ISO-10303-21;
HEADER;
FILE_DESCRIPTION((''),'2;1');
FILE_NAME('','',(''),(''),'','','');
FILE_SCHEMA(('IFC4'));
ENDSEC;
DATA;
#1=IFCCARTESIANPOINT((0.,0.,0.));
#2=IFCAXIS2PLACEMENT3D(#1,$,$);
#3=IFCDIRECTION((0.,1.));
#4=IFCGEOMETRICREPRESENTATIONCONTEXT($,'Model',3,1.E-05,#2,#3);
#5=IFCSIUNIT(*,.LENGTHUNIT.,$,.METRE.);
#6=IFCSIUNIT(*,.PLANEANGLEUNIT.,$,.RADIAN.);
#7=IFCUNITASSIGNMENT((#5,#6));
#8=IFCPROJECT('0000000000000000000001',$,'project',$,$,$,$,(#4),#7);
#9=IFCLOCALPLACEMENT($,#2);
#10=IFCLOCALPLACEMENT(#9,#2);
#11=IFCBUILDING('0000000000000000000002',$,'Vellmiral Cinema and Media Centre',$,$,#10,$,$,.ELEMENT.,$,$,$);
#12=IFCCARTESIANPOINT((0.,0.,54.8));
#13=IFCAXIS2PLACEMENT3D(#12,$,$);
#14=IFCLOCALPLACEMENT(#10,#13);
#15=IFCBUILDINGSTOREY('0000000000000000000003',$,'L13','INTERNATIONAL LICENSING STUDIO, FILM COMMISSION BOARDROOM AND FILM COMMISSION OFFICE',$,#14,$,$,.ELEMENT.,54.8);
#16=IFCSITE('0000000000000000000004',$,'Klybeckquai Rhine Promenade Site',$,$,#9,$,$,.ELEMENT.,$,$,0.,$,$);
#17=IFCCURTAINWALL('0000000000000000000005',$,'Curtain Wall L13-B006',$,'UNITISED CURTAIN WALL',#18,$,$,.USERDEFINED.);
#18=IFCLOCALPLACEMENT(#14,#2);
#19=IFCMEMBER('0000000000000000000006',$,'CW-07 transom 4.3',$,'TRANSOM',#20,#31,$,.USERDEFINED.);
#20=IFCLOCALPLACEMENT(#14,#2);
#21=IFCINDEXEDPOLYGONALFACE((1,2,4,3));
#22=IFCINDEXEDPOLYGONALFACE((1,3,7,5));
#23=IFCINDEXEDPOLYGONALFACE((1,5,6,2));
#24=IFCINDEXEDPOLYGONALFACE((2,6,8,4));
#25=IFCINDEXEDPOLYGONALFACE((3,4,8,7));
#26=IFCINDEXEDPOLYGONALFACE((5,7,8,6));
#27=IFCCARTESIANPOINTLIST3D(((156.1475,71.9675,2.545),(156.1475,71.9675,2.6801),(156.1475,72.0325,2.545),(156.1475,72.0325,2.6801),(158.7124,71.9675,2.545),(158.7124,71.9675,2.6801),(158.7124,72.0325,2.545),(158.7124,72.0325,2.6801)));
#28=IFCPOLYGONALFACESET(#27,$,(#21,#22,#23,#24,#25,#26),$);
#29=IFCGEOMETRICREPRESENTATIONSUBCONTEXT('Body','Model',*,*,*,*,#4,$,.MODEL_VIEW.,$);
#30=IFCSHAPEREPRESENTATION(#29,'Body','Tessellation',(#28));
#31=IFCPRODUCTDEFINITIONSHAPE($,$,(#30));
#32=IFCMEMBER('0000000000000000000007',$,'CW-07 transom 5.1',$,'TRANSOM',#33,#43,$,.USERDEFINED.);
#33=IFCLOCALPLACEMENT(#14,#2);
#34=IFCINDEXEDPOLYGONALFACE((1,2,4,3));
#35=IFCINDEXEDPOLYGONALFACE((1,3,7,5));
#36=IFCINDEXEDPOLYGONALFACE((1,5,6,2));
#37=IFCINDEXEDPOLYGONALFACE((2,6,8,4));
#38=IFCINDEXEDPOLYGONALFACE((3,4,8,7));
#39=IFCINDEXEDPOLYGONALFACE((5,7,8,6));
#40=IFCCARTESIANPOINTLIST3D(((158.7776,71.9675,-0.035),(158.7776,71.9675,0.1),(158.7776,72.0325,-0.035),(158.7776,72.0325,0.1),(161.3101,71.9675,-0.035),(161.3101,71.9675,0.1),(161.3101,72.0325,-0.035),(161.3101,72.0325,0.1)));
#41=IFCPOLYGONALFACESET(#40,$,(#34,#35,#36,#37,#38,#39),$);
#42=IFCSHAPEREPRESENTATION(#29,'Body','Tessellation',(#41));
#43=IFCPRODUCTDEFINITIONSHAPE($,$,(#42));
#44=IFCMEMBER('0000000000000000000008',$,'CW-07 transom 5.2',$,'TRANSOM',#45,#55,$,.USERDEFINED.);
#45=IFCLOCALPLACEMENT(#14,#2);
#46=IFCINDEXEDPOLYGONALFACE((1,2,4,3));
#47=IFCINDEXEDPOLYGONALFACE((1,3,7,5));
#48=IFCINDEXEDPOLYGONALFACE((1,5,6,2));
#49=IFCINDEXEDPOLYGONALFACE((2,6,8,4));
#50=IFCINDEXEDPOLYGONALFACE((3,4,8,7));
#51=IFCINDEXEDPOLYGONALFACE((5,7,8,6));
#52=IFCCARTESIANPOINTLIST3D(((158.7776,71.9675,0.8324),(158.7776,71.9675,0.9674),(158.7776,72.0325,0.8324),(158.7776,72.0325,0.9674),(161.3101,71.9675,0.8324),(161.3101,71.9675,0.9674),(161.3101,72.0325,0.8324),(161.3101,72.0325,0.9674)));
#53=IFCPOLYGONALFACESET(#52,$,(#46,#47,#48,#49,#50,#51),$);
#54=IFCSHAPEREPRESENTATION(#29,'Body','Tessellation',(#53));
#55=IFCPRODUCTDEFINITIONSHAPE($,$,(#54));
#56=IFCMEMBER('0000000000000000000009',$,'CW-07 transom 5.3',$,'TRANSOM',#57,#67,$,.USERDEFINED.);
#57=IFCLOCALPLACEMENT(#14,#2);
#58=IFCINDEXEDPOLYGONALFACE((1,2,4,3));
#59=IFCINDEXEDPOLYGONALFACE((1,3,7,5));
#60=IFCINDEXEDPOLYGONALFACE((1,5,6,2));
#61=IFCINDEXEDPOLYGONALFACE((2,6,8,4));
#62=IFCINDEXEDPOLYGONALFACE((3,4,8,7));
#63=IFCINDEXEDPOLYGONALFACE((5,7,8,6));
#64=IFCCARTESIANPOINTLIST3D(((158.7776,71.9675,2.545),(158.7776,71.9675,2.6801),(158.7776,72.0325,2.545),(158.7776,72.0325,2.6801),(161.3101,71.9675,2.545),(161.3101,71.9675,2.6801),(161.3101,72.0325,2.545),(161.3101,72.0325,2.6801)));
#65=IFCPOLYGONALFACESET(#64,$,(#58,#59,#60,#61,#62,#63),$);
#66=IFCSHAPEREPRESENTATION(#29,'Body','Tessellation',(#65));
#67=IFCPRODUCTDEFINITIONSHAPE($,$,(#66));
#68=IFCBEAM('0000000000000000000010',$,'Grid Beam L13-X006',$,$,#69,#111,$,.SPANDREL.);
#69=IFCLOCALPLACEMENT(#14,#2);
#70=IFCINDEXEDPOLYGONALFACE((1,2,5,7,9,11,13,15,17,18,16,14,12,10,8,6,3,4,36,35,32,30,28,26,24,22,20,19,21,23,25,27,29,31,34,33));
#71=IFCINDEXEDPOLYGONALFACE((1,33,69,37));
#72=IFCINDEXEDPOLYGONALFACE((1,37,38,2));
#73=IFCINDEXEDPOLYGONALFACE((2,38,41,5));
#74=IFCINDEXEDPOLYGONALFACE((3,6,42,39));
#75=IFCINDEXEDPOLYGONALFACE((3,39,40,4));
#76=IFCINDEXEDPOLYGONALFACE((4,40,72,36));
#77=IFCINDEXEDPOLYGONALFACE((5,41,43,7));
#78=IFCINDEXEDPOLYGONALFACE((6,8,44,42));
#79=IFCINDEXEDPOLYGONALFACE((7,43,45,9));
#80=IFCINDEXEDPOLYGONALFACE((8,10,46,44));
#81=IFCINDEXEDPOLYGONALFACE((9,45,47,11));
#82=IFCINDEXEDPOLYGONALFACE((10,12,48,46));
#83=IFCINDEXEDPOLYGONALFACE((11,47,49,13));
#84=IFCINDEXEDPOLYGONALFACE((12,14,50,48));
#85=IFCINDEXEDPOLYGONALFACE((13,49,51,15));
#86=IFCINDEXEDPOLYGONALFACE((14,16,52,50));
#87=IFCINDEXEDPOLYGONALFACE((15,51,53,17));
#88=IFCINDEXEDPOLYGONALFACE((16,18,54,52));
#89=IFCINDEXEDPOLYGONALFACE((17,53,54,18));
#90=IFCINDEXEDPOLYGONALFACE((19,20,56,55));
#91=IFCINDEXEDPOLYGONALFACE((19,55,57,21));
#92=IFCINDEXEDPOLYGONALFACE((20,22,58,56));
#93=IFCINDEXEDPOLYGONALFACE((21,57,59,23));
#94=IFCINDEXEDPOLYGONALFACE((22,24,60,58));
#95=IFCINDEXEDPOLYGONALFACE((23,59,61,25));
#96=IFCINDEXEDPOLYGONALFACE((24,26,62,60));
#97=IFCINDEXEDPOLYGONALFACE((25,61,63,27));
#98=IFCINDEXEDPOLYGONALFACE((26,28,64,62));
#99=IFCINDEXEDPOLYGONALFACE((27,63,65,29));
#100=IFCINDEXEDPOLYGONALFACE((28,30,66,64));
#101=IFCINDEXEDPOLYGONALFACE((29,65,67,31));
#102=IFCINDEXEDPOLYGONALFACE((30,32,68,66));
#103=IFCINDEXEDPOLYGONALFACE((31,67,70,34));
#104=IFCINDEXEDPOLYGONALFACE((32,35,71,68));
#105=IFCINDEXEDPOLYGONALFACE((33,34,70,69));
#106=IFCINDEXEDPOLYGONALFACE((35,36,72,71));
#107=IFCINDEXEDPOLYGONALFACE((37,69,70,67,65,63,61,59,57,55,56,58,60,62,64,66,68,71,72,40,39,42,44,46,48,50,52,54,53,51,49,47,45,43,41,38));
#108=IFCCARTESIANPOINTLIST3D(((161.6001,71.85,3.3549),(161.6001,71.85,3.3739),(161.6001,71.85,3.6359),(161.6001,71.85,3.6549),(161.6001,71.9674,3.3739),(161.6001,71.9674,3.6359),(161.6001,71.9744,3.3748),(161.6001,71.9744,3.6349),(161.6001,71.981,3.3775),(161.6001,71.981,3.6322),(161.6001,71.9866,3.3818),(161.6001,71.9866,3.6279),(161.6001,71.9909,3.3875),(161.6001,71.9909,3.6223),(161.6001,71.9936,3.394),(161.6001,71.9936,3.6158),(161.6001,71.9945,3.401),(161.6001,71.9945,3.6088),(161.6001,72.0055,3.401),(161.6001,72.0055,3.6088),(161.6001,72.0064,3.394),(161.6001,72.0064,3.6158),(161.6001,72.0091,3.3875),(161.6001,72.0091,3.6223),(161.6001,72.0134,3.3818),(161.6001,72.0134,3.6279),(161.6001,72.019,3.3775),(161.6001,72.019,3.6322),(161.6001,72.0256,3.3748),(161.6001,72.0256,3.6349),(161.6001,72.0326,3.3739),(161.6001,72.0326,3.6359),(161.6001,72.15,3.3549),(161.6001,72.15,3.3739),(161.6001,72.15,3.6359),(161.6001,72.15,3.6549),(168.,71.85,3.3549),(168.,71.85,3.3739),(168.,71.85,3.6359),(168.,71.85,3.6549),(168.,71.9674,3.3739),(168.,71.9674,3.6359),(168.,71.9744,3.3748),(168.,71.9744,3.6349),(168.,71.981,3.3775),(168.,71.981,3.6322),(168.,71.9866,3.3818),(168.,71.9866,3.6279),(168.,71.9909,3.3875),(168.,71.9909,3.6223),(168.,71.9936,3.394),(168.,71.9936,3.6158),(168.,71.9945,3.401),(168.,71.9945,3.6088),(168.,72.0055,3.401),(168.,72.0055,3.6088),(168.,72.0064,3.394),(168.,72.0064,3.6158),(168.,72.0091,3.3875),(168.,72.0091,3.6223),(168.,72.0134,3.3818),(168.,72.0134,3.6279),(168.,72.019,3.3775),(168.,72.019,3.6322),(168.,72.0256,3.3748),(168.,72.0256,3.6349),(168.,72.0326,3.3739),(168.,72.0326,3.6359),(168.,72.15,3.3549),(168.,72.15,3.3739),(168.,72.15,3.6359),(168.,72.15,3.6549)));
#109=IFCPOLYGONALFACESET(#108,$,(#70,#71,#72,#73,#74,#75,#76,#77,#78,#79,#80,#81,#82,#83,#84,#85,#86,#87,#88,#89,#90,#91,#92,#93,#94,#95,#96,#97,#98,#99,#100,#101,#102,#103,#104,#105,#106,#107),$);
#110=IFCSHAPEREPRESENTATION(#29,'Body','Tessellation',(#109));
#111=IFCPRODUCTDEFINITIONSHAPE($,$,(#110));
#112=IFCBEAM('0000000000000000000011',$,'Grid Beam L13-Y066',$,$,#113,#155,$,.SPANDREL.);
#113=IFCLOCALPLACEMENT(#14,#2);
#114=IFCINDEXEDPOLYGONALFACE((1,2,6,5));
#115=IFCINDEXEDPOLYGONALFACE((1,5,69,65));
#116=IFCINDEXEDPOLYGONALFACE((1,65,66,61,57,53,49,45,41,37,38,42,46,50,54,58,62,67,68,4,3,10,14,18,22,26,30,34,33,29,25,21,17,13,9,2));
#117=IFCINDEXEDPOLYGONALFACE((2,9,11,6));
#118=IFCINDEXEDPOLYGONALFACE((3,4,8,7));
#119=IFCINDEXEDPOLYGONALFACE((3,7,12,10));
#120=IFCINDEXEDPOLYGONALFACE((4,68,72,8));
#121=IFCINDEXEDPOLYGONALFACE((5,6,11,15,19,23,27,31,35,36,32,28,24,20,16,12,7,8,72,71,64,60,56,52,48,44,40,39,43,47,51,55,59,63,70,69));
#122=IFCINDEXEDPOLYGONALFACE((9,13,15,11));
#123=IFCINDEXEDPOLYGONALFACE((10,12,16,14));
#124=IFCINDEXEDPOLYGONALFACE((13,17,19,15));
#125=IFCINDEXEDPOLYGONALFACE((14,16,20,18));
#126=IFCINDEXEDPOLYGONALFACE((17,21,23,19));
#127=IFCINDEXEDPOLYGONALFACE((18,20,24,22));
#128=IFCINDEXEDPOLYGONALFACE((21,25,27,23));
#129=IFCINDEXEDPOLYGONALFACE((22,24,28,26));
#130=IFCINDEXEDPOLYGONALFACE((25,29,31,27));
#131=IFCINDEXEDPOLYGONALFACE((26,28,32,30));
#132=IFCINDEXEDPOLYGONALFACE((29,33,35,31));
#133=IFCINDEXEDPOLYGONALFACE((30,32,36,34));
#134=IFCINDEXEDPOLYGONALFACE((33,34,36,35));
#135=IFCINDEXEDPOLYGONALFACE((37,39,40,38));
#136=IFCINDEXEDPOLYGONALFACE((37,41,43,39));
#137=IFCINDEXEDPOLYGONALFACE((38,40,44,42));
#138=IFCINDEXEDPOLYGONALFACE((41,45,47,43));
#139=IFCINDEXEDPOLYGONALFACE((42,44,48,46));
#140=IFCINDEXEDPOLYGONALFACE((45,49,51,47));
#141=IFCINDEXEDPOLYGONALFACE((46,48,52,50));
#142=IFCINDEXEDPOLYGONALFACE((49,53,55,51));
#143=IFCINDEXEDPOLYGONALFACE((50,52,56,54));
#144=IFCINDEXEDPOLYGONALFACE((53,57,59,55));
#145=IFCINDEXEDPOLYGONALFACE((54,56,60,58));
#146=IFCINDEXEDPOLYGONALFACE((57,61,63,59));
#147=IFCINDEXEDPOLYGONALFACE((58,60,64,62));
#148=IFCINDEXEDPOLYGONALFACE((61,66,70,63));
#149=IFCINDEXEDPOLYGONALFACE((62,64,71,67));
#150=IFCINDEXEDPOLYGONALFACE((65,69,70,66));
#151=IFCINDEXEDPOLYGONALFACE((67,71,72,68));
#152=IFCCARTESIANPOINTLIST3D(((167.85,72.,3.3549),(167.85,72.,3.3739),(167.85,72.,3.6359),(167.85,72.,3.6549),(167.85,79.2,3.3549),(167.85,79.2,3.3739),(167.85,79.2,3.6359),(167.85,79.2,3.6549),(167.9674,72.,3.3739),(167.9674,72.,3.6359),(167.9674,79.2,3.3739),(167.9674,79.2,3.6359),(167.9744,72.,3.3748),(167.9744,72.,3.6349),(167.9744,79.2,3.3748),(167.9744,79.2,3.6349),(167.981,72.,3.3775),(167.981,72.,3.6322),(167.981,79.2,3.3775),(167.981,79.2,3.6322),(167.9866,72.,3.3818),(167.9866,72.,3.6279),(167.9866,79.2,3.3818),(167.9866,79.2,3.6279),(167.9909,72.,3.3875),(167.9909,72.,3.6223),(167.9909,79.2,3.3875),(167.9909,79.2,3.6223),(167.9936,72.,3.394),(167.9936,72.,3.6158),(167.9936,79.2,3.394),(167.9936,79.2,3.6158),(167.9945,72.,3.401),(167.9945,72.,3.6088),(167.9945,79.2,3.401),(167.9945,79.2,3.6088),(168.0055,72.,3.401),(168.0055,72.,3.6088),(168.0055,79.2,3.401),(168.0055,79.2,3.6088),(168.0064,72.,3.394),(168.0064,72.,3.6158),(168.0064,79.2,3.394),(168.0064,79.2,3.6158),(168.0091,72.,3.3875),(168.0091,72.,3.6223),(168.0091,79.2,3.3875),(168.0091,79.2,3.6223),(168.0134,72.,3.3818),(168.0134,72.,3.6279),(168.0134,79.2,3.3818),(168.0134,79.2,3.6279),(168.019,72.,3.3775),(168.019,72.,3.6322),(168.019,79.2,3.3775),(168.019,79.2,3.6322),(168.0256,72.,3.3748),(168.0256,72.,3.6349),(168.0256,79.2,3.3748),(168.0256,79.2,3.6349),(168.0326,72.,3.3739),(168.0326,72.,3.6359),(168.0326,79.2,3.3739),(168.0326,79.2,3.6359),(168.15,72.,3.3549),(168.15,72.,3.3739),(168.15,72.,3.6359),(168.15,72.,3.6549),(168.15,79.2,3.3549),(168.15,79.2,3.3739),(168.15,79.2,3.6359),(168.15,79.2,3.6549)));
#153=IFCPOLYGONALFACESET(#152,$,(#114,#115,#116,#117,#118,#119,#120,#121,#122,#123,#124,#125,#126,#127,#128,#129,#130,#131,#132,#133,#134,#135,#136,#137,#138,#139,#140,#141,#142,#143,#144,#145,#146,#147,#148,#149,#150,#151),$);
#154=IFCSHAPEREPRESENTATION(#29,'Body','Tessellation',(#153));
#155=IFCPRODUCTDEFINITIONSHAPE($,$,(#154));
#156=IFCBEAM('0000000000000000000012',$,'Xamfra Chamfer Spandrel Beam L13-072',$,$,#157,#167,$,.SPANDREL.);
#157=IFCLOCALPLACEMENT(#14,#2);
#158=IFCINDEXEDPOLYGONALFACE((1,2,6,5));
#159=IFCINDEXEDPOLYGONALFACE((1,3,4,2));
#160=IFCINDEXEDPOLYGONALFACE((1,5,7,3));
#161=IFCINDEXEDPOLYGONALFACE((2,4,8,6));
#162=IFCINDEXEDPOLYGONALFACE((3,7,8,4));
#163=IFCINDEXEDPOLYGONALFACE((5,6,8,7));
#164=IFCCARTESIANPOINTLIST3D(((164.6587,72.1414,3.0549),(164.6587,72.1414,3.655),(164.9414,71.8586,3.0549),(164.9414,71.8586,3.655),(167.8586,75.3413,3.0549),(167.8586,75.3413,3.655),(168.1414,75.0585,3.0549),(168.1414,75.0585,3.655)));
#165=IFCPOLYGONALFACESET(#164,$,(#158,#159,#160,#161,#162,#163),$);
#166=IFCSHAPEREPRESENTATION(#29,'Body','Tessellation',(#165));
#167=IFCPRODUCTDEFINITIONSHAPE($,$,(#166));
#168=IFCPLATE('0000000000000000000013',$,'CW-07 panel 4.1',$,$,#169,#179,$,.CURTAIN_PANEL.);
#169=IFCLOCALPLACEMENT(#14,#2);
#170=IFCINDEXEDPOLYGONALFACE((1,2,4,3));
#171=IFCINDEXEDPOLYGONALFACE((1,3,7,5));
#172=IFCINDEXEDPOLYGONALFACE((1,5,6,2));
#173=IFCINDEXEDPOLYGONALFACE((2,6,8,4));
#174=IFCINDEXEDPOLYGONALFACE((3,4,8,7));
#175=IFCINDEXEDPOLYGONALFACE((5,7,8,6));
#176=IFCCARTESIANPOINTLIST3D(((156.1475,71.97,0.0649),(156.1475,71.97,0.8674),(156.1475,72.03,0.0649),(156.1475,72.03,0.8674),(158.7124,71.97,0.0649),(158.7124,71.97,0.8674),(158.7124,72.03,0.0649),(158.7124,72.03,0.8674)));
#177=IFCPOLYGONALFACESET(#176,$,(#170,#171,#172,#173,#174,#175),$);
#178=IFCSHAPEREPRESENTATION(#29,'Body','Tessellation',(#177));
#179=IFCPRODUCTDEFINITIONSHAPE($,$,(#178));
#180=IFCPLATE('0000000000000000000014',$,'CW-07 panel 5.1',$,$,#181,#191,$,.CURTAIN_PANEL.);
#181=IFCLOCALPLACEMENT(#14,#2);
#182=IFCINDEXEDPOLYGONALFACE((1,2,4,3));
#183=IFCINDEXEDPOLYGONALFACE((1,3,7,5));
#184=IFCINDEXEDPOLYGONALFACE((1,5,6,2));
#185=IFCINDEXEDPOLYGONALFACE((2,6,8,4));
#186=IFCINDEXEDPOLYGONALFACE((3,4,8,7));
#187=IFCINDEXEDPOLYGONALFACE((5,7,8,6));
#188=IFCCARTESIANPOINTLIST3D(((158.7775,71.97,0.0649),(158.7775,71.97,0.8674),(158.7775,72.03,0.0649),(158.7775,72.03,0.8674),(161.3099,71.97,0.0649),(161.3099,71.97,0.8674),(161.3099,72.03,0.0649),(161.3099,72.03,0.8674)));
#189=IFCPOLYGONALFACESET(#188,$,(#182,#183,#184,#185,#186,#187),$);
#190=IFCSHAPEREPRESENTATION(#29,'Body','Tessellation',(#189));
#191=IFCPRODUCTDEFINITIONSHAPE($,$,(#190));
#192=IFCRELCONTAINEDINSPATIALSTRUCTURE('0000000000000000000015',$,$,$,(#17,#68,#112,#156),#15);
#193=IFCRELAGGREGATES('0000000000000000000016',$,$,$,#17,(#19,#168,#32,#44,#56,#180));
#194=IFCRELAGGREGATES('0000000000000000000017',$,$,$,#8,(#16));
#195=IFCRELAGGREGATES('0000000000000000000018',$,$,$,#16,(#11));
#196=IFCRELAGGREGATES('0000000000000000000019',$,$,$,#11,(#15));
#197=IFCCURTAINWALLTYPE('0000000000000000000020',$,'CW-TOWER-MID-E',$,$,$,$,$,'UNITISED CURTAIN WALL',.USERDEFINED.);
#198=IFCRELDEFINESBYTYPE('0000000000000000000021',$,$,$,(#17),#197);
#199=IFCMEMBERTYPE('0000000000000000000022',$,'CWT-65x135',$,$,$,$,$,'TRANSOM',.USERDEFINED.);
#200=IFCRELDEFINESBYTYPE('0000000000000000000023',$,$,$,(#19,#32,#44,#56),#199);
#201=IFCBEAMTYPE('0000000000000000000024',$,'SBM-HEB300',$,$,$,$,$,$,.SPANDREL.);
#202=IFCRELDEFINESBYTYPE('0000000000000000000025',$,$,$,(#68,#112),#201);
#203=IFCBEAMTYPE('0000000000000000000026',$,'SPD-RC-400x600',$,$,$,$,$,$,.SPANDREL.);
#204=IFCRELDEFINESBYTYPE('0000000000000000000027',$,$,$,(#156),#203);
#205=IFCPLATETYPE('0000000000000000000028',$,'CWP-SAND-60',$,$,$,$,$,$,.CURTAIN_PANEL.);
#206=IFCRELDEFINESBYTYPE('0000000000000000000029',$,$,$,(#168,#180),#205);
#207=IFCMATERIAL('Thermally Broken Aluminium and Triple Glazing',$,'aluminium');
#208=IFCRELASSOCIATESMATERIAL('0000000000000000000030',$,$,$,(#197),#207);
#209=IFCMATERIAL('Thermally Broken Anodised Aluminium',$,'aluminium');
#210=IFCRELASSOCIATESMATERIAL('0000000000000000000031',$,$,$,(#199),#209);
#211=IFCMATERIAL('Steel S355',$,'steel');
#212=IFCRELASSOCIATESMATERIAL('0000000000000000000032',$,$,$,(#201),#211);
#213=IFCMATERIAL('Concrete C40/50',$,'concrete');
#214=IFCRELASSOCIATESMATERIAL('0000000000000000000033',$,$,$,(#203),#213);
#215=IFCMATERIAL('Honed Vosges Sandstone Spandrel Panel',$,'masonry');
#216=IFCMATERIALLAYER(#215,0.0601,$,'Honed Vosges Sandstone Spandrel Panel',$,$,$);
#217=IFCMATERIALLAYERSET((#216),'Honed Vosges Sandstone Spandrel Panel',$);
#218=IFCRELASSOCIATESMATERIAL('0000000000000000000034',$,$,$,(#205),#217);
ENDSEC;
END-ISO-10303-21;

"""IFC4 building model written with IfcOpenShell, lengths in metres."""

from ifc_helpers import new_model, si_unit, direction, frame, origin, origin_2d, place, context, subcontext, project, spatial, rectangle, i_section, extrude, material, layer, layer_set, material_profile, profile_set, type_object, element, aggregate, save


model = new_model("IFC4")

# Units and contexts
model_context = context("Model", 3, precision=1e-05, world=origin(), true_north=direction((0.0, 1.0)))
body_context = subcontext(model_context, "Body", "Model", "MODEL_VIEW")
ifc_project = project(units=[si_unit("LENGTHUNIT", "METRE"), si_unit("PLANEANGLEUNIT", "RADIAN")], contexts=[model_context])

# Site, building, storey
site_placement = place(None, origin())
site = spatial("IfcSite", under=ifc_project, at=site_placement, Name="Klybeckquai Rhine Promenade Site", CompositionType="ELEMENT", RefElevation=0.0)
building_placement = place(site_placement, origin())
building = spatial("IfcBuilding", under=site, at=building_placement, Name="Vellmiral Cinema and Media Centre", CompositionType="ELEMENT")
storey_placement = place(building_placement, frame((0.0, 0.0, 54.8)))
storey = spatial("IfcBuildingStorey", under=building, at=storey_placement, Name="L13", Description="INTERNATIONAL LICENSING STUDIO, FILM COMMISSION BOARDROOM AND FILM COMMISSION OFFICE", CompositionType="ELEMENT", Elevation=54.8)

# Curtain wall, members
ifc_material_1 = material(Name="Thermally Broken Aluminium and Triple Glazing", Category="aluminium")
curtain_wall_type = type_object("IfcCurtainWallType", Name="CW-TOWER-MID-E", ElementType="UNITISED CURTAIN WALL", PredefinedType="USERDEFINED", material=ifc_material_1)
curtain_wall_placement = place(storey_placement, origin())
curtain_wall = element("IfcCurtainWall", 1, at=curtain_wall_placement, inside=storey, type_object=curtain_wall_type, Name="Curtain Wall L13-B006", ObjectType="UNITISED CURTAIN WALL", PredefinedType="USERDEFINED")
ifc_material_2 = material(Name="Thermally Broken Anodised Aluminium", Category="aluminium")
ifc_material_profile_1 = material_profile(ifc_material_2, rectangle(XDim=0.0649, YDim=0.135, at=origin_2d()), Name="MULL 65x135")
ifc_profile_set_1 = profile_set([ifc_material_profile_1], Name="Thermally Broken Anodised Aluminium")
member_type_1 = type_object("IfcMemberType", Name="CWT-65x135", ElementType="TRANSOM", PredefinedType="USERDEFINED", material=ifc_profile_set_1)
member_1_placement = place(storey_placement, frame((156.1475, 72.0, 2.6125), z_axis=(1.0, 0.0, 0.0), x_axis=(0.0, 1.0, 0.0)))
member_1 = element("IfcMember", 2, at=member_1_placement, type_object=member_type_1, Name="CW-07 transom 4.3", ObjectType="TRANSOM", PredefinedType="USERDEFINED", context=body_context, shape_type="SweptSolid", body=[
    extrude(rectangle(XDim=0.0649, YDim=0.135, at=origin_2d()), origin(), (0.0, 0.0, 1.0), 2.5649),
])
member_2_placement = place(storey_placement, frame((158.7776, 72.0, 0.0325), z_axis=(1.0, 0.0, 0.0), x_axis=(0.0, 1.0, 0.0)))
member_2 = element("IfcMember", 3, at=member_2_placement, type_object=member_type_1, Name="CW-07 transom 5.1", ObjectType="TRANSOM", PredefinedType="USERDEFINED", context=body_context, shape_type="SweptSolid", body=[
    extrude(rectangle(XDim=0.0649, YDim=0.135, at=origin_2d()), origin(), (0.0, 0.0, 1.0), 2.5325),
])
member_3_placement = place(storey_placement, frame((158.7776, 72.0, 0.8999), z_axis=(1.0, 0.0, 0.0), x_axis=(0.0, 1.0, 0.0)))
member_3 = element("IfcMember", 4, at=member_3_placement, type_object=member_type_1, Name="CW-07 transom 5.2", ObjectType="TRANSOM", PredefinedType="USERDEFINED", context=body_context, shape_type="SweptSolid", body=[
    extrude(rectangle(XDim=0.0649, YDim=0.135, at=origin_2d()), origin(), (0.0, 0.0, 1.0), 2.5325),
])
member_4_placement = place(storey_placement, frame((158.7776, 72.0, 2.6125), z_axis=(1.0, 0.0, 0.0), x_axis=(0.0, 1.0, 0.0)))
member_4 = element("IfcMember", 5, at=member_4_placement, type_object=member_type_1, Name="CW-07 transom 5.3", ObjectType="TRANSOM", PredefinedType="USERDEFINED", context=body_context, shape_type="SweptSolid", body=[
    extrude(rectangle(XDim=0.0649, YDim=0.135, at=origin_2d()), origin(), (0.0, 0.0, 1.0), 2.5325),
])

# Beams
ifc_material_3 = material(Name="Steel S355", Category="steel")
ifc_material_profile_2 = material_profile(ifc_material_3, i_section(OverallWidth=0.3, OverallDepth=0.3, WebThickness=0.011, FlangeThickness=0.019, FilletRadius=0.0271, at=origin_2d()), Name="HEB 300")
ifc_profile_set_2 = profile_set([ifc_material_profile_2], Name="Steel S355")
beam_type_1 = type_object("IfcBeamType", Name="SBM-HEB300", PredefinedType="SPANDREL", material=ifc_profile_set_2)
beam_1_placement = place(storey_placement, frame((161.6001, 72.0, 3.5049), z_axis=(1.0, 0.0, 0.0), x_axis=(0.0, 1.0, 0.0)))
element("IfcBeam", 6, at=beam_1_placement, inside=storey, type_object=beam_type_1, Name="Grid Beam L13-X006", PredefinedType="SPANDREL", context=body_context, shape_type="SweptSolid", body=[
    extrude(i_section(OverallWidth=0.3, OverallDepth=0.3, WebThickness=0.011, FlangeThickness=0.019, FilletRadius=0.0271, at=origin_2d()), origin(), (0.0, 0.0, 1.0), 6.3999),
])
beam_2_placement = place(storey_placement, frame((168.0, 72.0, 3.5049), z_axis=(0.0, 1.0, 0.0), x_axis=(-1.0, 0.0, 0.0)))
element("IfcBeam", 7, at=beam_2_placement, inside=storey, type_object=beam_type_1, Name="Grid Beam L13-Y066", PredefinedType="SPANDREL", context=body_context, shape_type="SweptSolid", body=[
    extrude(i_section(OverallWidth=0.3, OverallDepth=0.3, WebThickness=0.011, FlangeThickness=0.019, FilletRadius=0.0271, at=origin_2d()), origin(), (0.0, 0.0, 1.0), 7.2),
])
ifc_material_4 = material(Name="Concrete C40/50", Category="concrete")
ifc_material_profile_3 = material_profile(ifc_material_4, rectangle(XDim=0.3999, YDim=0.6001, at=origin_2d()), Name="RC 400x600")
ifc_profile_set_3 = profile_set([ifc_material_profile_3], Name="Concrete C40/50")
beam_type_2 = type_object("IfcBeamType", Name="SPD-RC-400x600", PredefinedType="SPANDREL", material=ifc_profile_set_3)
beam_3_placement = place(storey_placement, frame((164.8, 72.0, 3.355), z_axis=(0.707107, 0.707107, 0.0), x_axis=(-0.707107, 0.707107, 0.0)))
element("IfcBeam", 8, at=beam_3_placement, inside=storey, type_object=beam_type_2, Name="Xamfra Chamfer Spandrel Beam L13-072", PredefinedType="SPANDREL", context=body_context, shape_type="SweptSolid", body=[
    extrude(rectangle(XDim=0.3999, YDim=0.6001, at=origin_2d()), origin(), (0.0, 0.0, 1.0), 4.5254),
])

# Plates
ifc_material_5 = material(Name="Honed Vosges Sandstone Spandrel Panel", Category="masonry")
ifc_layer_1 = layer(ifc_material_5, 0.0601, Name="Honed Vosges Sandstone Spandrel Panel")
ifc_layer_set_1 = layer_set([ifc_layer_1], Name="Honed Vosges Sandstone Spandrel Panel")
plate_type_1 = type_object("IfcPlateType", Name="CWP-SAND-60", PredefinedType="CURTAIN_PANEL", material=ifc_layer_set_1)
plate_1_placement = place(storey_placement, frame((157.4299, 72.0, 0.0649), z_axis=(0.0, 0.0, 1.0), x_axis=(1.0, 0.0, 0.0)))
plate_1 = element("IfcPlate", 9, at=plate_1_placement, type_object=plate_type_1, Name="CW-07 panel 4.1", PredefinedType="CURTAIN_PANEL", context=body_context, shape_type="SweptSolid", body=[
    extrude(rectangle(XDim=2.5649, YDim=0.0601, at=origin_2d()), origin(), (0.0, 0.0, 1.0), 0.8025),
])
plate_2_placement = place(storey_placement, frame((160.0437, 72.0, 0.0649), z_axis=(0.0, 0.0, 1.0), x_axis=(1.0, 0.0, 0.0)))
plate_2 = element("IfcPlate", 10, at=plate_2_placement, type_object=plate_type_1, Name="CW-07 panel 5.1", PredefinedType="CURTAIN_PANEL", context=body_context, shape_type="SweptSolid", body=[
    extrude(rectangle(XDim=2.5325, YDim=0.0601, at=origin_2d()), origin(), (0.0, 0.0, 1.0), 0.8025),
])
aggregate(curtain_wall, [member_1, plate_1, member_2, member_3, member_4, plate_2])

save(model, "model.ifc")
